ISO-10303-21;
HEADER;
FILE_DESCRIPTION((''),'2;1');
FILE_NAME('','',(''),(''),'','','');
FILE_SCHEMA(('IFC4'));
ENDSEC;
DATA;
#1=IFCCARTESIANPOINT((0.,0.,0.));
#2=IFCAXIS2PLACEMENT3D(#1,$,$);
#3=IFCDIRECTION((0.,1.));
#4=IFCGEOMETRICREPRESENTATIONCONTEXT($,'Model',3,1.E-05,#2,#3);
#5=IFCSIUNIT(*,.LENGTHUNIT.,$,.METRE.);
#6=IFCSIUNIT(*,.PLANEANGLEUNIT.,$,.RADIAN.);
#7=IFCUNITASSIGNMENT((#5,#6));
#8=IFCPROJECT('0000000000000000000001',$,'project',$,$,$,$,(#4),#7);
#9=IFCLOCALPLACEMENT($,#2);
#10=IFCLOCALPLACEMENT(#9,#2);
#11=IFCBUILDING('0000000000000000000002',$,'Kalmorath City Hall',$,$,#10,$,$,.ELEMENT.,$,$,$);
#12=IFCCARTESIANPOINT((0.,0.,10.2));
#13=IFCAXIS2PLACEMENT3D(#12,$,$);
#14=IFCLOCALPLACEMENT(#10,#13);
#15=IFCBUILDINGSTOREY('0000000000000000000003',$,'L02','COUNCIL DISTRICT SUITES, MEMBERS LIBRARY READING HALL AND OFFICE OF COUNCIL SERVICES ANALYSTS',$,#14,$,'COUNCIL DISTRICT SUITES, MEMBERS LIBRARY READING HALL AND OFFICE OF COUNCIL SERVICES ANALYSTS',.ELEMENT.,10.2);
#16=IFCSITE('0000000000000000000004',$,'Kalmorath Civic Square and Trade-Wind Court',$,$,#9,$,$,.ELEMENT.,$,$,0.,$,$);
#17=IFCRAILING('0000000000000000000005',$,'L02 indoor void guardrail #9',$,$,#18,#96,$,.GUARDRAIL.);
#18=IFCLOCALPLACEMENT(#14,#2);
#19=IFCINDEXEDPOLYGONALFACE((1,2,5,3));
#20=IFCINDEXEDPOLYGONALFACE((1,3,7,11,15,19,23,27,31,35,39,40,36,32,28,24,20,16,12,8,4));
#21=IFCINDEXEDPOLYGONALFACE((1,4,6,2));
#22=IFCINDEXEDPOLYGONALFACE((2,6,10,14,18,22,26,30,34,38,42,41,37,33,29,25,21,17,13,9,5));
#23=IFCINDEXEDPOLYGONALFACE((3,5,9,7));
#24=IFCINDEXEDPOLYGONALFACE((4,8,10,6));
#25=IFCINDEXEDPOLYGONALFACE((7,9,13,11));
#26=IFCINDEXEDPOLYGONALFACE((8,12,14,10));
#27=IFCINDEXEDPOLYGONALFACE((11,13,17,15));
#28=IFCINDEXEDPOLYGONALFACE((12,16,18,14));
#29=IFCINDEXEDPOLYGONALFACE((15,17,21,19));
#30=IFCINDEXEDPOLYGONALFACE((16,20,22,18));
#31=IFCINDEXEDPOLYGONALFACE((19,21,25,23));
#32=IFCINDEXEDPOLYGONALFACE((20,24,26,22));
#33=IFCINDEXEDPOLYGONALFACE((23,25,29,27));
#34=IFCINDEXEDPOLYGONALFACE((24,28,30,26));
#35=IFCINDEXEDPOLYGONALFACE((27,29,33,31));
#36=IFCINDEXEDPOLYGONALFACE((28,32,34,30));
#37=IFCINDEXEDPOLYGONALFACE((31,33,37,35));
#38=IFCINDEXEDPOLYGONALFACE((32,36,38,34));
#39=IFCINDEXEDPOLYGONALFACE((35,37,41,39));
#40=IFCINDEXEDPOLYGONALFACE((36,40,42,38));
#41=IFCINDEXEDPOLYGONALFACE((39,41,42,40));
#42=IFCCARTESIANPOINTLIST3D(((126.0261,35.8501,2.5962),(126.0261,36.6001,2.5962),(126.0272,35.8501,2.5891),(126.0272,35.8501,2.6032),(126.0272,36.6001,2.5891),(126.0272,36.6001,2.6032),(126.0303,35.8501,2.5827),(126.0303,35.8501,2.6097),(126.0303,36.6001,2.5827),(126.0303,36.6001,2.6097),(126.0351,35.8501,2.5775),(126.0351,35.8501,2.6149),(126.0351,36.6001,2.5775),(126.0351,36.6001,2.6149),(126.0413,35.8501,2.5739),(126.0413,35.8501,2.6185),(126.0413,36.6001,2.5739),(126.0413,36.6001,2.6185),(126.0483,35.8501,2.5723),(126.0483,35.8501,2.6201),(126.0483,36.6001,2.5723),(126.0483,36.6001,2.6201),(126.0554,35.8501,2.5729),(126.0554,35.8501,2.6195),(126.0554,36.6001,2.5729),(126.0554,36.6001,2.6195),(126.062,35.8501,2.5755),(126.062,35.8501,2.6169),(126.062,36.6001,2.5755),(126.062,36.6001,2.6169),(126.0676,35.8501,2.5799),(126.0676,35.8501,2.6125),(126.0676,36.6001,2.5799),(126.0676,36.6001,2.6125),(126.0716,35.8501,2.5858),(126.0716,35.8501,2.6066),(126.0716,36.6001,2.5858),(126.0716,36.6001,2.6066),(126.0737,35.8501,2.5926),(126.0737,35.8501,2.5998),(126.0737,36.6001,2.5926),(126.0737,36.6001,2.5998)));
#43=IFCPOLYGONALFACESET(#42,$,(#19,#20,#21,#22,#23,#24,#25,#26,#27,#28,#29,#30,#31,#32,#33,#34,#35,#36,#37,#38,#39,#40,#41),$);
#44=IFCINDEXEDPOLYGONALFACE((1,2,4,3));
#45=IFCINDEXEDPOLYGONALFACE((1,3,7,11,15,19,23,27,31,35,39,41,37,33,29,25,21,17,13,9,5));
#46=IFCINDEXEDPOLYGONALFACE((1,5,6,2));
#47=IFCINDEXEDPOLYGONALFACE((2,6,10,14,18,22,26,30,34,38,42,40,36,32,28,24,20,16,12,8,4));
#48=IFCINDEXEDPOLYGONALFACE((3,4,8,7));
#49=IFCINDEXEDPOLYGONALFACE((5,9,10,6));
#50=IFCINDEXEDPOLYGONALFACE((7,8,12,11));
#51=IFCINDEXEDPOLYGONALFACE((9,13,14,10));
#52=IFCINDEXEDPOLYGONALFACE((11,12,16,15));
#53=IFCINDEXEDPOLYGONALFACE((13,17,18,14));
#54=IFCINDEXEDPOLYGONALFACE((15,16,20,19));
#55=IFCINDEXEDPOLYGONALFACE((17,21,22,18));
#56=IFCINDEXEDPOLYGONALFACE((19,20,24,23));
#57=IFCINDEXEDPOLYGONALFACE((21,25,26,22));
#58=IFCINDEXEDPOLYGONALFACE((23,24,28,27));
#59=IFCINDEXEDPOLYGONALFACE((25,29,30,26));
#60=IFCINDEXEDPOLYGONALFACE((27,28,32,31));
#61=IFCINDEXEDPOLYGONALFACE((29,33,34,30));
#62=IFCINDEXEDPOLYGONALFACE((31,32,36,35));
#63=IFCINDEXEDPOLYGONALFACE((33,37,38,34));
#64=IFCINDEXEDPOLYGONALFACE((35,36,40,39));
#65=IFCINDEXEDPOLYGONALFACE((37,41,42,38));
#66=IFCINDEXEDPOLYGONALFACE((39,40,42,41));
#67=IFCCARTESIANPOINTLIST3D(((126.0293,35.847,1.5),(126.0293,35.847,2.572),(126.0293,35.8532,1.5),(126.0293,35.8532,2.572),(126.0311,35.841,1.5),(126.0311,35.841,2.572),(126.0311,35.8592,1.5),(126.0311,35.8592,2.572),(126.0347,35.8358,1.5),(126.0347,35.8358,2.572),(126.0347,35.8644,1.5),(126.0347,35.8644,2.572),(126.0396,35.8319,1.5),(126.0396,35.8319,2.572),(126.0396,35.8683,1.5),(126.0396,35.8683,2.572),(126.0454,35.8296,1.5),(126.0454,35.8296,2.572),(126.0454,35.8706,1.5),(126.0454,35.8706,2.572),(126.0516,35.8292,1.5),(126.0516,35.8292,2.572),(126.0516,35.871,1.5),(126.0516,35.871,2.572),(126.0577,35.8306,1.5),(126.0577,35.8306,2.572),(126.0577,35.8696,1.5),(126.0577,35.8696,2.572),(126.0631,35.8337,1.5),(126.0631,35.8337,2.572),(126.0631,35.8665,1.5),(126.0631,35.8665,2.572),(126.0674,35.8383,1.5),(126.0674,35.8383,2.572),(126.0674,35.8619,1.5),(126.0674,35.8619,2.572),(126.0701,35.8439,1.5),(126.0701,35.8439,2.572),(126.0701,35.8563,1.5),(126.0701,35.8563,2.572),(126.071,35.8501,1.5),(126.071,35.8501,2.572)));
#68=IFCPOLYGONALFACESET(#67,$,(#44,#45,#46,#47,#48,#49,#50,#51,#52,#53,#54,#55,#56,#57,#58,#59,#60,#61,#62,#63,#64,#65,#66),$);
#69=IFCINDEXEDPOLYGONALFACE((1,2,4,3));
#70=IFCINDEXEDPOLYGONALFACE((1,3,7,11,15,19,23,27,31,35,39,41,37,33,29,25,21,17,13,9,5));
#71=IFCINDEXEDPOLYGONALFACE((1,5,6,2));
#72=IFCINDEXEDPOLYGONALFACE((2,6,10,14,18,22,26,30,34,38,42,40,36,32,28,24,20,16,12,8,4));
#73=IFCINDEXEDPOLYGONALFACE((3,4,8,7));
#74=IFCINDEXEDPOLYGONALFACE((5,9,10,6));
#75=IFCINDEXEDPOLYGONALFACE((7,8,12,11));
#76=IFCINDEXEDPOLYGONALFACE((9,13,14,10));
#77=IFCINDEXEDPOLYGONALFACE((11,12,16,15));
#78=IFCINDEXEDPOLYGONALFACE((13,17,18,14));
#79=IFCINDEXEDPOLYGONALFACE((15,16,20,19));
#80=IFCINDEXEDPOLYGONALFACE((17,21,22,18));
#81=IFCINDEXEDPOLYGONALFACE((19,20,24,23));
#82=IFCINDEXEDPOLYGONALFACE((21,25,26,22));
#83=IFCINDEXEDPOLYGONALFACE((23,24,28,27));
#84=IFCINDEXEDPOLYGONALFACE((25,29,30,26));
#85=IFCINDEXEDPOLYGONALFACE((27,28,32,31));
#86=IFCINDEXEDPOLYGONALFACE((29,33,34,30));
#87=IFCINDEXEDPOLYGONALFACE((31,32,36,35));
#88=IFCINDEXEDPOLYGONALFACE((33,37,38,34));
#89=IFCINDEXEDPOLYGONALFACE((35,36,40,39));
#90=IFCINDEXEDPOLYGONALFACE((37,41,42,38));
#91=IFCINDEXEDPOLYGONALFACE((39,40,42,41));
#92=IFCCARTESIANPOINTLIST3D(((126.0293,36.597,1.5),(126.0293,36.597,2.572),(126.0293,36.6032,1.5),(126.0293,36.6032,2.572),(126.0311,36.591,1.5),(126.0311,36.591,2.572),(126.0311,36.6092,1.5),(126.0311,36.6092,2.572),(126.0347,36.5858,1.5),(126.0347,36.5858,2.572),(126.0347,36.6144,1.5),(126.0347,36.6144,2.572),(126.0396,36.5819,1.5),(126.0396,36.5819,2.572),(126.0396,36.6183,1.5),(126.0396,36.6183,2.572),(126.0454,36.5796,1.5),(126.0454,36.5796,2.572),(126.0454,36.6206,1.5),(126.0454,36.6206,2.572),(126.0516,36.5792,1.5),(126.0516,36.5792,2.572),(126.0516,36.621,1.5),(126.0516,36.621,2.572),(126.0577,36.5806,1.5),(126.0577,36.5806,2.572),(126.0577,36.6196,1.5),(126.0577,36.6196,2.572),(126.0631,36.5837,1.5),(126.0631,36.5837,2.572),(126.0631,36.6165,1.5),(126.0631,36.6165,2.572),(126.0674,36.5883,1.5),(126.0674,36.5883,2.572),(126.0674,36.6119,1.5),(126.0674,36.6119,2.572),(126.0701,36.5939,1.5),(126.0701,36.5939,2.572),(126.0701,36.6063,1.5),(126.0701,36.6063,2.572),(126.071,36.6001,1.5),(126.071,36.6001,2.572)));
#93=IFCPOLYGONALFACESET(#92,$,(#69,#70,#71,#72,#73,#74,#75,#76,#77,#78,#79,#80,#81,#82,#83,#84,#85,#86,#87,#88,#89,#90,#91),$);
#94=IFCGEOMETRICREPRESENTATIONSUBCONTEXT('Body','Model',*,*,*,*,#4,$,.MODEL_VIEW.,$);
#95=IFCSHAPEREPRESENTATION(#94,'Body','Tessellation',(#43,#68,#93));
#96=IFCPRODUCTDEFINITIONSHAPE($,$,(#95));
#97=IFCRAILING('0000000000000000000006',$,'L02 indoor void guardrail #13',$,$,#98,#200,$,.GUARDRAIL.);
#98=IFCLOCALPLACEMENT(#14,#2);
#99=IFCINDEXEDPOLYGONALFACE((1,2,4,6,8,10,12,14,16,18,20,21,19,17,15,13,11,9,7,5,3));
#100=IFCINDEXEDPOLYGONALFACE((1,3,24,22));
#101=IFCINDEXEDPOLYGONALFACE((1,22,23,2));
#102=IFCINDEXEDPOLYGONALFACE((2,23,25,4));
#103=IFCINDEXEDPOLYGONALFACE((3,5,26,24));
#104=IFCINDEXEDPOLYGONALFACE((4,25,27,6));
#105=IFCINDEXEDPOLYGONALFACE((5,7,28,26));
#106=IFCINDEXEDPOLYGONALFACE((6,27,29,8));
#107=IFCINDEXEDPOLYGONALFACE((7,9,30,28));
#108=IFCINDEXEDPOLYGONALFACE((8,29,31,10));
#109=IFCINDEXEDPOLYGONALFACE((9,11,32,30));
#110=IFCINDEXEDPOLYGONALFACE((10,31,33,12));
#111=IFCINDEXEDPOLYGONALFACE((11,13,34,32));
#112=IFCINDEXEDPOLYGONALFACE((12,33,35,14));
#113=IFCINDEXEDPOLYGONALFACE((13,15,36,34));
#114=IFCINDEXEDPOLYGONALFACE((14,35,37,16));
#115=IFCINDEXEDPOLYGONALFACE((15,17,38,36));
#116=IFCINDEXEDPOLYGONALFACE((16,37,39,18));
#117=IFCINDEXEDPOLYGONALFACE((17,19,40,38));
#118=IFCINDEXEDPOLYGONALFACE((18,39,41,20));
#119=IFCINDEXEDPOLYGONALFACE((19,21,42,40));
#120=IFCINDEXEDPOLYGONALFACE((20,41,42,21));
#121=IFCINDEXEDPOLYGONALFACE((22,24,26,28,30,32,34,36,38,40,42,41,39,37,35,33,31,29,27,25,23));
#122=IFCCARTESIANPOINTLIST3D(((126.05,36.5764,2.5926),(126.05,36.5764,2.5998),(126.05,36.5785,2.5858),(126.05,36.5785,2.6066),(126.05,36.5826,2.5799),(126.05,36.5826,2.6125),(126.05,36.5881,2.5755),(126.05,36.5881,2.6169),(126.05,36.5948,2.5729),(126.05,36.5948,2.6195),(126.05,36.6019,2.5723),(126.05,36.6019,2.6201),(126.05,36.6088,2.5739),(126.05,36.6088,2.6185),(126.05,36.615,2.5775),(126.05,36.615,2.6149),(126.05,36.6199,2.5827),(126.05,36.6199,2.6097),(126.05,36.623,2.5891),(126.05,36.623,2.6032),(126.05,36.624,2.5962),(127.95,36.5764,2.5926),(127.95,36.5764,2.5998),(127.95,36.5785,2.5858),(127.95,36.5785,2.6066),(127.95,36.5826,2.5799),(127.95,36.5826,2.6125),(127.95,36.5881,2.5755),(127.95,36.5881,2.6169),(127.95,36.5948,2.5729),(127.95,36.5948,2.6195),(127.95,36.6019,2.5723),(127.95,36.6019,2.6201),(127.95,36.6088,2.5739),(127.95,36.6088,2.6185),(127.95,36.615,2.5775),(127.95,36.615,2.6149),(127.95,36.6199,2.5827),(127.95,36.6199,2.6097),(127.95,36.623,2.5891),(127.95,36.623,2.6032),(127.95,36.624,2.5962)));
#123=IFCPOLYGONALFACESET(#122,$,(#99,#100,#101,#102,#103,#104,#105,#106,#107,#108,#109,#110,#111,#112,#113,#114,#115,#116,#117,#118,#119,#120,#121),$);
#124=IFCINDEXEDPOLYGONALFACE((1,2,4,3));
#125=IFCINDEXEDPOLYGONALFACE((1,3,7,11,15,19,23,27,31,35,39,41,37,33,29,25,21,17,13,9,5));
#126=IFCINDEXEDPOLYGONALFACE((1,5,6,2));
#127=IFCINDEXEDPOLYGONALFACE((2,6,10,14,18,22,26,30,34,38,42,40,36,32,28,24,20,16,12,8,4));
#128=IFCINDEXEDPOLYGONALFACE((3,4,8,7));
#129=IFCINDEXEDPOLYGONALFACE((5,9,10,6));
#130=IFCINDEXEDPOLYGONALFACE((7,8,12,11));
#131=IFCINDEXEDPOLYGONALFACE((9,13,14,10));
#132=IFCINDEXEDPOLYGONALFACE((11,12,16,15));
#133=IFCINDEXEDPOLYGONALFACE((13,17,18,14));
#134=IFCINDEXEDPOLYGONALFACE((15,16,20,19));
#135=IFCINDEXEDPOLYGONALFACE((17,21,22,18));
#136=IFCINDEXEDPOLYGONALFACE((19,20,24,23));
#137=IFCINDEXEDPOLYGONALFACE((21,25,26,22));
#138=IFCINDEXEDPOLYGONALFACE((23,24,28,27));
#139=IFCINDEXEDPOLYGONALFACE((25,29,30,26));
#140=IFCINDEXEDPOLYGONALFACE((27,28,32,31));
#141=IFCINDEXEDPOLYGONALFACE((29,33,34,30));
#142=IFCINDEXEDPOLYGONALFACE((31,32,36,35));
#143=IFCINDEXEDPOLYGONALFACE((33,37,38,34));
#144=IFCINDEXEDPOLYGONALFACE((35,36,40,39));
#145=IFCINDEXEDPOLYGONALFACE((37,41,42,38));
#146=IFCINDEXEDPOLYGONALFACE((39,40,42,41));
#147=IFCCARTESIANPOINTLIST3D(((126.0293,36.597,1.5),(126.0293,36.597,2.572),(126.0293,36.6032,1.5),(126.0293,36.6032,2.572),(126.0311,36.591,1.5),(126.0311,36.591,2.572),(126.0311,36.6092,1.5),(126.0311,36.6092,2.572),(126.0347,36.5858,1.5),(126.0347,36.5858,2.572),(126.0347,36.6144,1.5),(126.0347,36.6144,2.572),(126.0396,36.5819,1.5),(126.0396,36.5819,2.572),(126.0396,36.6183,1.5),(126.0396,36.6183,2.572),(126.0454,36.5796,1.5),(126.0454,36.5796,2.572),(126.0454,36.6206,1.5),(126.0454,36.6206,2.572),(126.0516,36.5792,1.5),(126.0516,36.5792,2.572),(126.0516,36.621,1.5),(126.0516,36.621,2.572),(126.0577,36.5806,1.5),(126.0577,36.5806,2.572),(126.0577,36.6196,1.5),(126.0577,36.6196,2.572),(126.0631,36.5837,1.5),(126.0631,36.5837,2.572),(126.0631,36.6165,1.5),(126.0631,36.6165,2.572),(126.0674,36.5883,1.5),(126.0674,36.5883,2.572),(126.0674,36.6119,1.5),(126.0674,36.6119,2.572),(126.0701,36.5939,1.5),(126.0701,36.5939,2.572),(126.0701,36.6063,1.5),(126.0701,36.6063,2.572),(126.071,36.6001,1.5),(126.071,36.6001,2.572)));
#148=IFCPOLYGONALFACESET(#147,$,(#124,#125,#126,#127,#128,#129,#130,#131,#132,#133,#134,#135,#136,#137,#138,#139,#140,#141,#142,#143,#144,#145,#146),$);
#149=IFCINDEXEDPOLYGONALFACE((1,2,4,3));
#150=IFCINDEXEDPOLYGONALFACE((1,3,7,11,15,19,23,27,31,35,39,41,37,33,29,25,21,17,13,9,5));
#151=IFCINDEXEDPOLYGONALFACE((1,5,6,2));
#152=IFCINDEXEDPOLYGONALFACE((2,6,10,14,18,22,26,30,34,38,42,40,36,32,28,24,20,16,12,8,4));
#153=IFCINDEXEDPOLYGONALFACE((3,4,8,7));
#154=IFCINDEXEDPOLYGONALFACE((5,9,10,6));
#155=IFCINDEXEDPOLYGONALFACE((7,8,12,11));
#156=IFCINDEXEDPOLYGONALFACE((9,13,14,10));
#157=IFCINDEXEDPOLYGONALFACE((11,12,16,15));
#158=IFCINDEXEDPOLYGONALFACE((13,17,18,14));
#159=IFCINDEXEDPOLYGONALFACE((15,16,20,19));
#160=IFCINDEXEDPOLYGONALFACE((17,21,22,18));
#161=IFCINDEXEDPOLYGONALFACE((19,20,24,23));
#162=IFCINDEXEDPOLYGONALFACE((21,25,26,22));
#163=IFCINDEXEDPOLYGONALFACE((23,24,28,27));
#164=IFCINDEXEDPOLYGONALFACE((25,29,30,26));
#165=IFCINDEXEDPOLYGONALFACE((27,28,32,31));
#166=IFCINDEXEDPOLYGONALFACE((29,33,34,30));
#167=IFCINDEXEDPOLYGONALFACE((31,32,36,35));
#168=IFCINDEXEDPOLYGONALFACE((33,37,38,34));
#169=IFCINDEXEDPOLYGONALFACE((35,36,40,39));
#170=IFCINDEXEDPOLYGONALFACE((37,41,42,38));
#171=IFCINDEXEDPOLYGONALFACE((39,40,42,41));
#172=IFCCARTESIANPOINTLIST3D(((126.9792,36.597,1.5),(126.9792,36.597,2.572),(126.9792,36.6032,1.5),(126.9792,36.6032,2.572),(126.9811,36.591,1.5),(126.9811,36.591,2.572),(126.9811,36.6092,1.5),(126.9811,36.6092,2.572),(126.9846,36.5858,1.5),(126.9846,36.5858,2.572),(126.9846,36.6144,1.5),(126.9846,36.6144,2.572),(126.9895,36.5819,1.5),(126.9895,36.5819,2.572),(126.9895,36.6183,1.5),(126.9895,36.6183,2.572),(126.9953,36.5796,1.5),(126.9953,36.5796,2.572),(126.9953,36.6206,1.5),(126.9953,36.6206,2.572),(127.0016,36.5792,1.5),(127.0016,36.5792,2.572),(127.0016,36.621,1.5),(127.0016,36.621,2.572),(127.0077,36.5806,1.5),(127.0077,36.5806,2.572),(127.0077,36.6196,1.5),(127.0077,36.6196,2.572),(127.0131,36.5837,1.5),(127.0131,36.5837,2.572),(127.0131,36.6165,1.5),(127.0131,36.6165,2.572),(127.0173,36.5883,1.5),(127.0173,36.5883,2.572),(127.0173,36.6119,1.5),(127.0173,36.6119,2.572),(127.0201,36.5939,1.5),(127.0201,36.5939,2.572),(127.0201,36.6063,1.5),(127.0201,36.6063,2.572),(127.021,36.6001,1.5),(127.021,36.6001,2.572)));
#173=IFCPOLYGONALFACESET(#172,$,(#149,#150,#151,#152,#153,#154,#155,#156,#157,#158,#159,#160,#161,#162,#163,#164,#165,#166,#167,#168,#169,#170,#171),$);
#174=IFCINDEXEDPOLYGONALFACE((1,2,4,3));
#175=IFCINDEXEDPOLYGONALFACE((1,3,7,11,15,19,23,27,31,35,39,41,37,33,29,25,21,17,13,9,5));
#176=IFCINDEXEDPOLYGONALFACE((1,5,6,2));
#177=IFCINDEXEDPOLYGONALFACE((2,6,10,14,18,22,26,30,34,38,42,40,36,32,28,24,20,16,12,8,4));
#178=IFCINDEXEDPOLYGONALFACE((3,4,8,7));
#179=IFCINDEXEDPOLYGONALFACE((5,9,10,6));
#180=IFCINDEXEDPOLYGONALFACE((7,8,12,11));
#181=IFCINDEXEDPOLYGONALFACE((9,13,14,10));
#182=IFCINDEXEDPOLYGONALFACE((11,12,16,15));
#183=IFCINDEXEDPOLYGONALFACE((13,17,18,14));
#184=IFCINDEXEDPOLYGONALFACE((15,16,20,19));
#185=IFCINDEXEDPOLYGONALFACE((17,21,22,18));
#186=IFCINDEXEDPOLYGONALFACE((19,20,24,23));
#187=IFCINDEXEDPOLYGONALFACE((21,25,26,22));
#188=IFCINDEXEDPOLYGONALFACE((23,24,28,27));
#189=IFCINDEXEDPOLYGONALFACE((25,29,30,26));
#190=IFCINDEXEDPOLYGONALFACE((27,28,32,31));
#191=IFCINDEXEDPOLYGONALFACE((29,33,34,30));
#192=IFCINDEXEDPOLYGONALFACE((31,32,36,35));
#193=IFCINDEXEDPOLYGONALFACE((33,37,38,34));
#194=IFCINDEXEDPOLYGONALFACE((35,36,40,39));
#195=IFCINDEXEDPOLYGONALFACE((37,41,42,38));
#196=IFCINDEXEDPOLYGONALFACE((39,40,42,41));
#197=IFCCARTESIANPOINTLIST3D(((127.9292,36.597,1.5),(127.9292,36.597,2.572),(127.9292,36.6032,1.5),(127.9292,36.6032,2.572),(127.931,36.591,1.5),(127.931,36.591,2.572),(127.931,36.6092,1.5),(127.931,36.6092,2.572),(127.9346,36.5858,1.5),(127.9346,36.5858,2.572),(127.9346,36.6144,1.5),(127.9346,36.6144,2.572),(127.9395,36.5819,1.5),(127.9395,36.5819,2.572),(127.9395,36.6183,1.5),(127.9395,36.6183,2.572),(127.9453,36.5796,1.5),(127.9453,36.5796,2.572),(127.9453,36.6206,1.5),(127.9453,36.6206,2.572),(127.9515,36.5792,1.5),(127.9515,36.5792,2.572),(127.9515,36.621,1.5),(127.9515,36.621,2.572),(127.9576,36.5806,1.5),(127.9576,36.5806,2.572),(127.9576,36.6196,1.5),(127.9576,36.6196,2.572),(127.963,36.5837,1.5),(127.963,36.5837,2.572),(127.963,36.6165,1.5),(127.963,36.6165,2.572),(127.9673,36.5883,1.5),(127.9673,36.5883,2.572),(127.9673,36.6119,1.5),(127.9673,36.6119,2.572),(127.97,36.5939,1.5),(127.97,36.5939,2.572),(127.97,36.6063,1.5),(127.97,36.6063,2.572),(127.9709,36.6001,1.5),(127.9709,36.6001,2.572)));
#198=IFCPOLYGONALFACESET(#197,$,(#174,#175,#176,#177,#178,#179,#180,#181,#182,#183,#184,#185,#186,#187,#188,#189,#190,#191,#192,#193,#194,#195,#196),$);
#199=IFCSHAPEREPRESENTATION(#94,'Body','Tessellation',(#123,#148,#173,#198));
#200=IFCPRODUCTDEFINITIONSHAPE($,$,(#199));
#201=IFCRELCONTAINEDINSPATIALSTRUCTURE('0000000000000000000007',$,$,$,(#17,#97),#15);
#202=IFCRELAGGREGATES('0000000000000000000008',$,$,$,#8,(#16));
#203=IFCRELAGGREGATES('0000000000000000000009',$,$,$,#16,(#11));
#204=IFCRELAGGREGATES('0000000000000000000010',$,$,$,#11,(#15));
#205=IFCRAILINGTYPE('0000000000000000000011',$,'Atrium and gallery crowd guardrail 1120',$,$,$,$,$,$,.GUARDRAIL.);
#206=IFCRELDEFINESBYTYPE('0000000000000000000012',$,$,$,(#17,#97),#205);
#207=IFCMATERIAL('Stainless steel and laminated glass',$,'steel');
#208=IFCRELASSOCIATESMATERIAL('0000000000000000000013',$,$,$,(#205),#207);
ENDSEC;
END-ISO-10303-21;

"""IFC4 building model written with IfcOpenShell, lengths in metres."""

from ifc_helpers import new_model, si_unit, direction, frame, origin, origin_2d, place, context, subcontext, project, spatial, circle, extrude, material, type_object, element, save


model = new_model("IFC4")

# Units and contexts
model_context = context("Model", 3, precision=1e-05, world=origin(), true_north=direction((0.0, 1.0)))
body_context = subcontext(model_context, "Body", "Model", "MODEL_VIEW")
ifc_project = project(units=[si_unit("LENGTHUNIT", "METRE"), si_unit("PLANEANGLEUNIT", "RADIAN")], contexts=[model_context])

# Site, building, storey
site_placement = place(None, origin())
site = spatial("IfcSite", under=ifc_project, at=site_placement, Name="Kalmorath Civic Square and Trade-Wind Court", CompositionType="ELEMENT", RefElevation=0.0)
building_placement = place(site_placement, origin())
building = spatial("IfcBuilding", under=site, at=building_placement, Name="Kalmorath City Hall", CompositionType="ELEMENT")
storey_placement = place(building_placement, frame((0.0, 0.0, 10.2)))
storey = spatial("IfcBuildingStorey", under=building, at=storey_placement, Name="L02", Description="COUNCIL DISTRICT SUITES, MEMBERS LIBRARY READING HALL AND OFFICE OF COUNCIL SERVICES ANALYSTS", LongName="COUNCIL DISTRICT SUITES, MEMBERS LIBRARY READING HALL AND OFFICE OF COUNCIL SERVICES ANALYSTS", CompositionType="ELEMENT", Elevation=10.2)

# Railings
ifc_material_1 = material(Name="Stainless steel and laminated glass", Category="steel")
railing_type_1 = type_object("IfcRailingType", Name="Atrium and gallery crowd guardrail 1120", PredefinedType="GUARDRAIL", material=ifc_material_1)
railing_1_placement = place(storey_placement, frame((126.05, 35.8501, 1.5)))
element("IfcRailing", 1, at=railing_1_placement, inside=storey, type_object=railing_type_1, Name="L02 indoor void guardrail #9", PredefinedType="GUARDRAIL", context=body_context, shape_type="SweptSolid", body=[
    extrude(circle(Radius=0.0239, at=origin_2d()), frame((0.0, 0.0, 1.0962), z_axis=(0.0, 1.0, 0.0), x_axis=(-1.0, 0.0, 0.0)), (0.0, 0.0, 1.0), 0.75),
    extrude(circle(Radius=0.021, at=origin_2d()), origin(), (0.0, 0.0, 1.0), 1.072),
    extrude(circle(Radius=0.021, at=origin_2d()), frame((0.0, 0.75, 0.0)), (0.0, 0.0, 1.0), 1.072),
])
railing_2_placement = place(storey_placement, frame((126.05, 36.6001, 1.5)))
element("IfcRailing", 2, at=railing_2_placement, inside=storey, type_object=railing_type_1, Name="L02 indoor void guardrail #13", PredefinedType="GUARDRAIL", context=body_context, shape_type="SweptSolid", body=[
    extrude(circle(Radius=0.0239, at=origin_2d()), frame((0.0, 0.0, 1.0962), z_axis=(1.0, 0.0, 0.0), x_axis=(0.0, 1.0, 0.0)), (0.0, 0.0, 1.0), 1.8999),
    extrude(circle(Radius=0.021, at=origin_2d()), origin(), (0.0, 0.0, 1.0), 1.072),
    extrude(circle(Radius=0.021, at=origin_2d()), frame((0.95, 0.0, 0.0)), (0.0, 0.0, 1.0), 1.072),
    extrude(circle(Radius=0.021, at=origin_2d()), frame((1.8999, 0.0, 0.0)), (0.0, 0.0, 1.0), 1.072),
])

save(model, "model.ifc")
